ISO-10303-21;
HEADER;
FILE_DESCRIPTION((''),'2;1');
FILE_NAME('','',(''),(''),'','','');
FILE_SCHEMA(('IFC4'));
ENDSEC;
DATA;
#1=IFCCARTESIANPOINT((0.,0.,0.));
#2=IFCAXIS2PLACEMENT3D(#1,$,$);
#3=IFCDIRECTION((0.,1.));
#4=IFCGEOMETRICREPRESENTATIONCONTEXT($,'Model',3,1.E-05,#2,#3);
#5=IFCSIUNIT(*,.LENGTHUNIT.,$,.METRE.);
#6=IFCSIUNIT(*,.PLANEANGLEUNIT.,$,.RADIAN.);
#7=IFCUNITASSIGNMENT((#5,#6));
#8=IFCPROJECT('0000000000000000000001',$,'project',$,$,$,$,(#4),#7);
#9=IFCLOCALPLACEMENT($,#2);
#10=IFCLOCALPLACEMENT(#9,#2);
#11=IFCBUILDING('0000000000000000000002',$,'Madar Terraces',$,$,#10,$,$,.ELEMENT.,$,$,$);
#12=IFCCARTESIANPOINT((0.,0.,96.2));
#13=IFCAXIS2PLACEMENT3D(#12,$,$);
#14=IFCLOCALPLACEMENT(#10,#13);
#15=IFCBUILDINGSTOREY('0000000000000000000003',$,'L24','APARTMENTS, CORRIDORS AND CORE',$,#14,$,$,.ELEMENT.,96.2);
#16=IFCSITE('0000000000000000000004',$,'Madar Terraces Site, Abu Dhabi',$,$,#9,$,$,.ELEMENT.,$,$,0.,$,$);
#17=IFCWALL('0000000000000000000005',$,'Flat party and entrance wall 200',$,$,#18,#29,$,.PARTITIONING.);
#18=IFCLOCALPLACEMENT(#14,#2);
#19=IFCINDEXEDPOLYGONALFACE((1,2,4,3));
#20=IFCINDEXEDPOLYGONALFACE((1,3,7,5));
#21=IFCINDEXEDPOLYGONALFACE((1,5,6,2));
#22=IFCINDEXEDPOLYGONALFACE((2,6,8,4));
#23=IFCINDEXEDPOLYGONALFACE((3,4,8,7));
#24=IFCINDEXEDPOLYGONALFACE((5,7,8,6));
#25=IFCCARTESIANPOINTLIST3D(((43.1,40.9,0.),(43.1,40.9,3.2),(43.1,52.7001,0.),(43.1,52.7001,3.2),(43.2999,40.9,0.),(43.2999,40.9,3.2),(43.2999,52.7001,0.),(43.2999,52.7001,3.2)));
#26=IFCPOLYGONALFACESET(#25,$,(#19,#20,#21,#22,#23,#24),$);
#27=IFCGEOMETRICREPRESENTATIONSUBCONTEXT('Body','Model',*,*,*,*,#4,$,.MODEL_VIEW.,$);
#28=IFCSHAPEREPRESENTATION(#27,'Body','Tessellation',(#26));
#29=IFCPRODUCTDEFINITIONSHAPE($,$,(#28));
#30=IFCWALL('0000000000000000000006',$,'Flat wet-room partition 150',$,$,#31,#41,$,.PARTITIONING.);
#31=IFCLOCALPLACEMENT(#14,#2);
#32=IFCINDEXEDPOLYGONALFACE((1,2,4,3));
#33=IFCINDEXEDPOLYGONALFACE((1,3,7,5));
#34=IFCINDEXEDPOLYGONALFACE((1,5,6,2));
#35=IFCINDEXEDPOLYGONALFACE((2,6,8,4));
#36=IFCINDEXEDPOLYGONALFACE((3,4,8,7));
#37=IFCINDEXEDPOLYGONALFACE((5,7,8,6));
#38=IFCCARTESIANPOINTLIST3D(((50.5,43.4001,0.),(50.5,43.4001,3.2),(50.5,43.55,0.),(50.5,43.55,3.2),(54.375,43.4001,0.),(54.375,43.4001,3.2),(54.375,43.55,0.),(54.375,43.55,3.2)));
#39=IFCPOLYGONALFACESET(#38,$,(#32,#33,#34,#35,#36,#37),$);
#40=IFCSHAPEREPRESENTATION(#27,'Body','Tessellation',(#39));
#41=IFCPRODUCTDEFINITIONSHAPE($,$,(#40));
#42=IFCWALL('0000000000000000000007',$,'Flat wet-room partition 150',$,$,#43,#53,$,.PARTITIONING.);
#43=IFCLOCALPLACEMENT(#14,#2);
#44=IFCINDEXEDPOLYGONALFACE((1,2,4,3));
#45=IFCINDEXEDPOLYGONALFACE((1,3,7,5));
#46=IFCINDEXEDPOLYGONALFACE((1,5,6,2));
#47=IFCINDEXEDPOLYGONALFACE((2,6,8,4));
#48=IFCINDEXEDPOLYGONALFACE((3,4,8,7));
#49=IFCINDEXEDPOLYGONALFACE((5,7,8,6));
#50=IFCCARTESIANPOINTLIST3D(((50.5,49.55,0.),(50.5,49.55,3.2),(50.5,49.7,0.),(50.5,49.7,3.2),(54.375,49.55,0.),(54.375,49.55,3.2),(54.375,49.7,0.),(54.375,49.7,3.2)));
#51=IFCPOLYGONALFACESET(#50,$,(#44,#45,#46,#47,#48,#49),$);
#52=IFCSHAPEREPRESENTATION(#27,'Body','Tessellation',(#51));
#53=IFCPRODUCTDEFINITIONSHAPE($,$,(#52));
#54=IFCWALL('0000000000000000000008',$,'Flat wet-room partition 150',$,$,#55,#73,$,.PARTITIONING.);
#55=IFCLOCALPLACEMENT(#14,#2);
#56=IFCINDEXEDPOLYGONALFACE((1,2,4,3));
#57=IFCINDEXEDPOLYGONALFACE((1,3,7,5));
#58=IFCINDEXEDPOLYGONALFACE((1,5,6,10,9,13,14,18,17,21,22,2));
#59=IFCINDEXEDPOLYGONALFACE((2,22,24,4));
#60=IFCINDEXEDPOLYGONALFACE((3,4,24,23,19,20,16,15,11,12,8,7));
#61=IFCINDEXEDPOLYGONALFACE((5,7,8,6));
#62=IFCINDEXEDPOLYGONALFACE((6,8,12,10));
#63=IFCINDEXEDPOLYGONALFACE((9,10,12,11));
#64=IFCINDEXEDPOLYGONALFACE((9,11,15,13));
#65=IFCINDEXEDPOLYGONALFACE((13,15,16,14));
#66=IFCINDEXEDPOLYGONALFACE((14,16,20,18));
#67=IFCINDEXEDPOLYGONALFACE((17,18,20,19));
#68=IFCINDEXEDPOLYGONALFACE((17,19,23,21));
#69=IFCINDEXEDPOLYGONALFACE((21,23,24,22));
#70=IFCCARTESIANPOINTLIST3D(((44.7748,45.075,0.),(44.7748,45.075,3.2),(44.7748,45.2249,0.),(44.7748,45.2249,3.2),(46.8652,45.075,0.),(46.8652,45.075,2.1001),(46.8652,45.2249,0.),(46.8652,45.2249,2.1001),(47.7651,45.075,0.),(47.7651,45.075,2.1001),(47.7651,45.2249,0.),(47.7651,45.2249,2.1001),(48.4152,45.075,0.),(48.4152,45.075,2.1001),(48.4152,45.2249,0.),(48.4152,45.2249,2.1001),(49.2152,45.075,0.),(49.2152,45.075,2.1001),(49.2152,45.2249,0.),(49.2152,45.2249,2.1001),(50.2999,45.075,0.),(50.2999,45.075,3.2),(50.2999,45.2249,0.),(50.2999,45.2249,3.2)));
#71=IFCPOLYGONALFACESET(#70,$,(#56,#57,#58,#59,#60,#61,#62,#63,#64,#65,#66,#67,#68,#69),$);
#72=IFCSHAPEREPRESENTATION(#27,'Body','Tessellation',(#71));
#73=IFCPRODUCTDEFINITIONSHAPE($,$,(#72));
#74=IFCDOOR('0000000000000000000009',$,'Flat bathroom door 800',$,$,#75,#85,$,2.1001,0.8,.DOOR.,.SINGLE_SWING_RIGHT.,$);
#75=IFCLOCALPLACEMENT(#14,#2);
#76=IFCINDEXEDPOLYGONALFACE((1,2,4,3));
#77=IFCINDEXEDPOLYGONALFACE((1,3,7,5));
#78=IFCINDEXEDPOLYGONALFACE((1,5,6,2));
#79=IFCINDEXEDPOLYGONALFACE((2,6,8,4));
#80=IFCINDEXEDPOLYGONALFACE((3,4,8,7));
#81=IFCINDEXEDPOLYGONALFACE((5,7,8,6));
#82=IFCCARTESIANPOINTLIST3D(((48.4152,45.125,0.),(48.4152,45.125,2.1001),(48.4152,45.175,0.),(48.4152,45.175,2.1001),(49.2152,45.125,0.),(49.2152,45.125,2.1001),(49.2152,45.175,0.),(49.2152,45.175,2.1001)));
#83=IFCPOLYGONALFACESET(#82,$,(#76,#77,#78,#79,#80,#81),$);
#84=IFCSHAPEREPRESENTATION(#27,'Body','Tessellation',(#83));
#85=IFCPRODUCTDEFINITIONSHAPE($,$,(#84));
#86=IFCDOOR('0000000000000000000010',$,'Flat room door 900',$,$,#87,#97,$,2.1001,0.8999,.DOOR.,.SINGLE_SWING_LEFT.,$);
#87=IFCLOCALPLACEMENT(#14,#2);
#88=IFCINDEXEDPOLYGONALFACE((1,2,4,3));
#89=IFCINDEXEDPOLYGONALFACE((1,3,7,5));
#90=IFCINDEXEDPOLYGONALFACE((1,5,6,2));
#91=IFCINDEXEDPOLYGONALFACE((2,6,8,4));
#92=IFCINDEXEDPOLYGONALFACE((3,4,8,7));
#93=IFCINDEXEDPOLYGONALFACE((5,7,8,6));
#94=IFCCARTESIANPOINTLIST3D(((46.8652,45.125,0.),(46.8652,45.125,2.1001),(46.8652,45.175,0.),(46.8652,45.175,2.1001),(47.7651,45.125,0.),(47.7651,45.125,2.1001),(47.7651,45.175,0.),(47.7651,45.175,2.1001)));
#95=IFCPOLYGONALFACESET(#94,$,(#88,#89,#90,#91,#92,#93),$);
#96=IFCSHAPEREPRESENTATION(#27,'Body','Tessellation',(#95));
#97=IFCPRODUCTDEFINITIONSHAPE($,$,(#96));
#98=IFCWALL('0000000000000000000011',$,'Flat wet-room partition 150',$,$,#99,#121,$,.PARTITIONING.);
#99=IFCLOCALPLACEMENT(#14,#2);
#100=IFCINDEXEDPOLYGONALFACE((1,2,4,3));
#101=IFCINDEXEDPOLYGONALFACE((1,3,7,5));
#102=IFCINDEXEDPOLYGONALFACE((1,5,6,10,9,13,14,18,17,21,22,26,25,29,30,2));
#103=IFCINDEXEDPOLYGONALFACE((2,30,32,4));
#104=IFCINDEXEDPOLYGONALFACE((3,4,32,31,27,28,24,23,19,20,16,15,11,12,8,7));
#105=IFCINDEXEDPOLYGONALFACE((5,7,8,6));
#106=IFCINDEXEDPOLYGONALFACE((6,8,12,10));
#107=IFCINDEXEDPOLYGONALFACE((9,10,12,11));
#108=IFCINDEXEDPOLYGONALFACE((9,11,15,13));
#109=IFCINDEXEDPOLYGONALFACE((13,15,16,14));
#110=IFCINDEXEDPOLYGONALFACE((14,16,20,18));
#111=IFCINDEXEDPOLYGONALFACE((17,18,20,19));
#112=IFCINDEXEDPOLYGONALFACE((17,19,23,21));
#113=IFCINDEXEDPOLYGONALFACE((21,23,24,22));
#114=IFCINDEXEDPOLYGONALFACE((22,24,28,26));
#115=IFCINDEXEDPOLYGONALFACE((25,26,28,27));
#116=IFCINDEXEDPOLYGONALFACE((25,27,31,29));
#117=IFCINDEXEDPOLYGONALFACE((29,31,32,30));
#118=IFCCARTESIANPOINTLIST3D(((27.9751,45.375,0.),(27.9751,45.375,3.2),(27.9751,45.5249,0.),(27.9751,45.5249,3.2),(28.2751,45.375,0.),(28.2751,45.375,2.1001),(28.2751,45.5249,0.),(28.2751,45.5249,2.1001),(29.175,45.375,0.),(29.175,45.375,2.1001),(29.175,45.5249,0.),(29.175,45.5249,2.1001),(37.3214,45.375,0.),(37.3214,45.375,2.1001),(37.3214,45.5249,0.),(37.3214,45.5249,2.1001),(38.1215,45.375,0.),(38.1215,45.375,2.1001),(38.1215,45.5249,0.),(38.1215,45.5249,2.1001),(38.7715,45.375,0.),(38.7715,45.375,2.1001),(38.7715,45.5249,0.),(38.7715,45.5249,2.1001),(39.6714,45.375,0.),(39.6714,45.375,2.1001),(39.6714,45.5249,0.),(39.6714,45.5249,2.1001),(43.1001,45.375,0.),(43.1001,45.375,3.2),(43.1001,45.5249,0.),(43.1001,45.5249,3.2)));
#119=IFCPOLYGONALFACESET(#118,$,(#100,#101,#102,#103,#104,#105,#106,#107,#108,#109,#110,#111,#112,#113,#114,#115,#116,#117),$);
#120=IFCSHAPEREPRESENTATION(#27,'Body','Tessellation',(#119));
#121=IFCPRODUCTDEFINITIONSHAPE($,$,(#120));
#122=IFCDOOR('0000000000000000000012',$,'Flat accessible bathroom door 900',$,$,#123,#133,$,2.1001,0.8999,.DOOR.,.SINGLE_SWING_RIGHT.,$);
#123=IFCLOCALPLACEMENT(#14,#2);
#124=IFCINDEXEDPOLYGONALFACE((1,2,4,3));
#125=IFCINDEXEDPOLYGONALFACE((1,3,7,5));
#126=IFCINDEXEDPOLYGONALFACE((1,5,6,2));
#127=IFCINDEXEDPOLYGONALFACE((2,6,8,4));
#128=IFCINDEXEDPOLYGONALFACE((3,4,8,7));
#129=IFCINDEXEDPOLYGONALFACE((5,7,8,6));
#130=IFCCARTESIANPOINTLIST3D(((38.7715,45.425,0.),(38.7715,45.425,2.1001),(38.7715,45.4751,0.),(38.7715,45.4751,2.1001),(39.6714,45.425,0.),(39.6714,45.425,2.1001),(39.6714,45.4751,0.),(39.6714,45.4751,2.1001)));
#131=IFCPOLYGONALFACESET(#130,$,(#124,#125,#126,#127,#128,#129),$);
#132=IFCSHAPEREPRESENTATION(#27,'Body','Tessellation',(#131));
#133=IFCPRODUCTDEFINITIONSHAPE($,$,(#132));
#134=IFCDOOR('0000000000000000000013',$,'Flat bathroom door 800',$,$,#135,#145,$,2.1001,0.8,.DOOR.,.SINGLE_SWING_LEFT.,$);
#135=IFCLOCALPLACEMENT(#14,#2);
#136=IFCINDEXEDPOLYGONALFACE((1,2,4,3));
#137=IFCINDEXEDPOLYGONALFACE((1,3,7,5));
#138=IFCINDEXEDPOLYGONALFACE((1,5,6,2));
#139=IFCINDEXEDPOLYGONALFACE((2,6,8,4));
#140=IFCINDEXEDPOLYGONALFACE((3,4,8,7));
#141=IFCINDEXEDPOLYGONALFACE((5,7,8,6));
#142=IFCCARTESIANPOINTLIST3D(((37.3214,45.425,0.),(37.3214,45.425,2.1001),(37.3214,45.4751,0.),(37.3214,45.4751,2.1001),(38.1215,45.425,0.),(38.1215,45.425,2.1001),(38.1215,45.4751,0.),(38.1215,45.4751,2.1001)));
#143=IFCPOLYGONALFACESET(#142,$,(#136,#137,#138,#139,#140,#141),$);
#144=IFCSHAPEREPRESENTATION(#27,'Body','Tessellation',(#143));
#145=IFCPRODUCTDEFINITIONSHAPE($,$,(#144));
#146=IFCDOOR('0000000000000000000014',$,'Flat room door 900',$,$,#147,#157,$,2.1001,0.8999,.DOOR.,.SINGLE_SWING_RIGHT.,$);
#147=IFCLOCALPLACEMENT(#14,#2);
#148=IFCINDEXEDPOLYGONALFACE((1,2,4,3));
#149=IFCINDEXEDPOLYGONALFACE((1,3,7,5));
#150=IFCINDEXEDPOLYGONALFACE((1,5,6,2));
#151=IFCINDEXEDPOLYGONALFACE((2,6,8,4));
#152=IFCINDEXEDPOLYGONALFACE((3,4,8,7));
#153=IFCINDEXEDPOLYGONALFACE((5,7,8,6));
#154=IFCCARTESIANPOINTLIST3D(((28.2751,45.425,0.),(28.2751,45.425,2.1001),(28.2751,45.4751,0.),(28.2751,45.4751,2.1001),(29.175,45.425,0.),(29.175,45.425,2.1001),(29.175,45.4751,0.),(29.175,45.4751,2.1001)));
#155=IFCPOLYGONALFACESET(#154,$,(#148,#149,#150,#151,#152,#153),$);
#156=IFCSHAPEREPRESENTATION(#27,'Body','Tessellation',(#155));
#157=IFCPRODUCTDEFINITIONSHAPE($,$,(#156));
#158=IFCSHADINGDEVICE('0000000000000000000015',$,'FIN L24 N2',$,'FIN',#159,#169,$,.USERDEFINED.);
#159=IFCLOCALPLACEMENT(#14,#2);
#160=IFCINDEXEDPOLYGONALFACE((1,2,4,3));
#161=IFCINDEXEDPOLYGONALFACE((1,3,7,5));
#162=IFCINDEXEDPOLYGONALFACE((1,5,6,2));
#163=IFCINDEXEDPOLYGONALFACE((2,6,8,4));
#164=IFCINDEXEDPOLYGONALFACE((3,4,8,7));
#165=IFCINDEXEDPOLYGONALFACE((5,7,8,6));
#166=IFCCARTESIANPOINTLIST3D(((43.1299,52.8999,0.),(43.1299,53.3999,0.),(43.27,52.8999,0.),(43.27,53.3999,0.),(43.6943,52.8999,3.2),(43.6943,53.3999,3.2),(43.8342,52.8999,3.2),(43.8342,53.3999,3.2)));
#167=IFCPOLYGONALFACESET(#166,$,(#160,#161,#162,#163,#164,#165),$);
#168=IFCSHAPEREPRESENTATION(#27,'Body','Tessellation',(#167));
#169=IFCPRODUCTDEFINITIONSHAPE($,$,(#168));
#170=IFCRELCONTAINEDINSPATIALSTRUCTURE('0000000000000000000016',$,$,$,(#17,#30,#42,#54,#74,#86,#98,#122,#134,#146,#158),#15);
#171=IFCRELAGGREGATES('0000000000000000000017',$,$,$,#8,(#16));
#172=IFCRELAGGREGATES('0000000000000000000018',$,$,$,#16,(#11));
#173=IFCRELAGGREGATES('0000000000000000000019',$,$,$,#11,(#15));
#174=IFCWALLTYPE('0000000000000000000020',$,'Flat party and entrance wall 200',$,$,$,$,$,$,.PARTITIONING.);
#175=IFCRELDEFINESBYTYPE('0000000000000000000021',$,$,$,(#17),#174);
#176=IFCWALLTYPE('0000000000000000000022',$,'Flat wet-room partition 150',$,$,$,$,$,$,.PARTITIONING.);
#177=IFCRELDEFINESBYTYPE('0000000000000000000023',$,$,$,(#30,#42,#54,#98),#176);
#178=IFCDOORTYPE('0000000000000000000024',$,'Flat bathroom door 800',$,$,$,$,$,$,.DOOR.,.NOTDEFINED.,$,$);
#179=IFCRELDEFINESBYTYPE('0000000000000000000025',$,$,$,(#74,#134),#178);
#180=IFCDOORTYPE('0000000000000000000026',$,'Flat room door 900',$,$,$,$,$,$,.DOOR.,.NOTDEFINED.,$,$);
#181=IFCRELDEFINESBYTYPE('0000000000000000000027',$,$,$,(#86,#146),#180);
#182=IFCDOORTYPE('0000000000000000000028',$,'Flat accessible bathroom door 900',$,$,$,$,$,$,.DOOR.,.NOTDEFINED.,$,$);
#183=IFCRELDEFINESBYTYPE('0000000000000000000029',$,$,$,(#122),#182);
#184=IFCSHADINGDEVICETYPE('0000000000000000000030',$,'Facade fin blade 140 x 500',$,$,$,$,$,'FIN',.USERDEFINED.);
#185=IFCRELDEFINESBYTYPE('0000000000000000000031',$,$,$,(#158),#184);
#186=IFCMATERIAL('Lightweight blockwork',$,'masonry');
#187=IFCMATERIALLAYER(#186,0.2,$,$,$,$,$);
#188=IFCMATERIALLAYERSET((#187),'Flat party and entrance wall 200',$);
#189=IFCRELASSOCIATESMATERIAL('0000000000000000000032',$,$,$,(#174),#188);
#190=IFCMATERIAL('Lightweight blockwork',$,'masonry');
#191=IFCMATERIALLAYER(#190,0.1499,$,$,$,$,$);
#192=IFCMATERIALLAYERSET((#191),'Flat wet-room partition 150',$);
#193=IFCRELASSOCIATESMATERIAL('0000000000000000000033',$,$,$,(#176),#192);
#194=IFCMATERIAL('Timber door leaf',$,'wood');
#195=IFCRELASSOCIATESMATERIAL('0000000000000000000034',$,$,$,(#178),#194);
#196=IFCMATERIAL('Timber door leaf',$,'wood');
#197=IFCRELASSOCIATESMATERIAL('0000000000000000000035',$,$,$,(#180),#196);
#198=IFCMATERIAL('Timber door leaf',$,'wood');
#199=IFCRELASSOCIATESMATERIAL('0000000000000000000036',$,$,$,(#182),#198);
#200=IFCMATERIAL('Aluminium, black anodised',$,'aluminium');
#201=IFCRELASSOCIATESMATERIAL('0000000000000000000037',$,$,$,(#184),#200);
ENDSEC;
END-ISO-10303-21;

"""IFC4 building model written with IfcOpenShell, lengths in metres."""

from ifc_helpers import new_model, si_unit, direction, frame, frame_2d, origin, place, context, subcontext, project, spatial, polyline, rectangle, outline, extrude, material, layer, layer_set, type_object, element, fill, save


model = new_model("IFC4")

# Units and contexts
model_context = context("Model", 3, precision=1e-05, world=origin(), true_north=direction((0.0, 1.0)))
body_context = subcontext(model_context, "Body", "Model", "MODEL_VIEW")
ifc_project = project(units=[si_unit("LENGTHUNIT", "METRE"), si_unit("PLANEANGLEUNIT", "RADIAN")], contexts=[model_context])

# Site, building, storey
site_placement = place(None, origin())
site = spatial("IfcSite", under=ifc_project, at=site_placement, Name="Madar Terraces Site, Abu Dhabi", CompositionType="ELEMENT", RefElevation=0.0)
building_placement = place(site_placement, origin())
building = spatial("IfcBuilding", under=site, at=building_placement, Name="Madar Terraces", CompositionType="ELEMENT")
storey_placement = place(building_placement, frame((0.0, 0.0, 96.2)))
storey = spatial("IfcBuildingStorey", under=building, at=storey_placement, Name="L24", Description="APARTMENTS, CORRIDORS AND CORE", CompositionType="ELEMENT", Elevation=96.2)

# Walls
ifc_material_1 = material(Name="Lightweight blockwork", Category="masonry")
ifc_layer_1 = layer(ifc_material_1, 0.2)
ifc_layer_set_1 = layer_set([ifc_layer_1], Name="Flat party and entrance wall 200")
wall_type_1 = type_object("IfcWallType", Name="Flat party and entrance wall 200", PredefinedType="PARTITIONING", material=ifc_layer_set_1)
wall_1_placement = place(storey_placement, frame((43.2, 52.7, 0.0), z_axis=(0.0, 0.0, 1.0), x_axis=(0.0, -1.0, 0.0)))
element("IfcWall", 1, at=wall_1_placement, inside=storey, type_object=wall_type_1, Name="Flat party and entrance wall 200", PredefinedType="PARTITIONING", context=body_context, shape_type="SweptSolid", body=[
    extrude(rectangle(XDim=11.8, YDim=0.2, at=frame_2d((5.8999, 0.0))), origin(), (0.0, 0.0, 1.0), 3.2),
])
ifc_material_2 = material(Name="Lightweight blockwork", Category="masonry")
ifc_layer_2 = layer(ifc_material_2, 0.1499)
ifc_layer_set_2 = layer_set([ifc_layer_2], Name="Flat wet-room partition 150")
wall_type_2 = type_object("IfcWallType", Name="Flat wet-room partition 150", PredefinedType="PARTITIONING", material=ifc_layer_set_2)
for number, where, z_axis, x_axis, name in (
    (2, (50.5, 43.4751, 0.0), (0.0, 0.0, 1.0), (1.0, 0.0, 0.0), "Flat wet-room partition 150"),
    (3, (50.5, 49.625, 0.0), (0.0, 0.0, 1.0), (1.0, 0.0, 0.0), "Flat wet-room partition 150"),
):
    element("IfcWall", number, at=place(storey_placement, frame(where, z_axis=z_axis, x_axis=x_axis)), inside=storey, type_object=wall_type_2, Name=name, PredefinedType="PARTITIONING", context=body_context, shape_type="SweptSolid", body=[
        extrude(rectangle(XDim=3.875, YDim=0.1499, at=frame_2d((1.9375, 0.0))), origin(), (0.0, 0.0, 1.0), 3.2),
    ])

# Walls, openings, doors
wall_2_placement = place(storey_placement, frame((50.3, 45.1499, 0.0), z_axis=(0.0, 0.0, 1.0), x_axis=(-1.0, 0.0, 0.0)))
wall_2 = element("IfcWall", 4, at=wall_2_placement, inside=storey, type_object=wall_type_2, Name="Flat wet-room partition 150", PredefinedType="PARTITIONING", context=body_context, shape_type="SweptSolid", body=[
    extrude(rectangle(XDim=5.5251, YDim=0.1499, at=frame_2d((2.7627, 0.0))), origin(), (0.0, 0.0, 1.0), 3.2),
])
opening_1_placement = place(wall_2_placement, frame((2.5349, 0.0, 0.0)))
opening_1 = element("IfcOpeningElement", 5, at=opening_1_placement, cuts=wall_2, PredefinedType="OPENING", context=body_context, shape_type="SweptSolid", body=[
    extrude(rectangle(XDim=0.8999, YDim=2.1001, at=frame_2d((0.45, 1.05))), frame((0.0, 0.085, 0.0), z_axis=(0.0, -1.0, 0.0), x_axis=(1.0, 0.0, 0.0)), (0.0, 0.0, 1.0), 0.1699),
])
opening_2_placement = place(wall_2_placement, frame((1.085, 0.0, 0.0)))
opening_2 = element("IfcOpeningElement", 6, at=opening_2_placement, cuts=wall_2, PredefinedType="OPENING", context=body_context, shape_type="SweptSolid", body=[
    extrude(rectangle(XDim=0.8, YDim=2.1001, at=frame_2d((0.3999, 1.05))), frame((0.0, 0.085, 0.0), z_axis=(0.0, -1.0, 0.0), x_axis=(1.0, 0.0, 0.0)), (0.0, 0.0, 1.0), 0.1699),
])
ifc_material_3 = material(Name="Timber door leaf", Category="wood")
door_type_1 = type_object("IfcDoorType", Name="Flat bathroom door 800", OperationType="NOTDEFINED", PredefinedType="DOOR", material=ifc_material_3)
door_1_placement = place(opening_2_placement, origin())
door_1 = element("IfcDoor", 7, at=door_1_placement, inside=storey, type_object=door_type_1, Name="Flat bathroom door 800", OperationType="SINGLE_SWING_RIGHT", OverallHeight=2.1001, OverallWidth=0.8, PredefinedType="DOOR", context=body_context, shape_type="SweptSolid", body=[
    extrude(rectangle(XDim=0.8, YDim=2.1001, at=frame_2d((0.3999, 1.05))), frame((0.0, 0.0249, 0.0), z_axis=(0.0, -1.0, 0.0), x_axis=(1.0, 0.0, 0.0)), (0.0, 0.0, 1.0), 0.05),
])
fill(opening_2, door_1)
ifc_material_4 = material(Name="Timber door leaf", Category="wood")
door_type_2 = type_object("IfcDoorType", Name="Flat room door 900", OperationType="NOTDEFINED", PredefinedType="DOOR", material=ifc_material_4)
door_2_placement = place(opening_1_placement, origin())
door_2 = element("IfcDoor", 8, at=door_2_placement, inside=storey, type_object=door_type_2, Name="Flat room door 900", OperationType="SINGLE_SWING_LEFT", OverallHeight=2.1001, OverallWidth=0.8999, PredefinedType="DOOR", context=body_context, shape_type="SweptSolid", body=[
    extrude(rectangle(XDim=0.8999, YDim=2.1001, at=frame_2d((0.45, 1.05))), frame((0.0, 0.0249, 0.0), z_axis=(0.0, -1.0, 0.0), x_axis=(1.0, 0.0, 0.0)), (0.0, 0.0, 1.0), 0.05),
])
fill(opening_1, door_2)
wall_3_placement = place(storey_placement, frame((43.1001, 45.45, 0.0), z_axis=(0.0, 0.0, 1.0), x_axis=(-1.0, 0.0, 0.0)))
wall_3 = element("IfcWall", 9, at=wall_3_placement, inside=storey, type_object=wall_type_2, Name="Flat wet-room partition 150", PredefinedType="PARTITIONING", context=body_context, shape_type="SweptSolid", body=[
    extrude(rectangle(XDim=15.125, YDim=0.1499, at=frame_2d((7.5625, 0.0))), origin(), (0.0, 0.0, 1.0), 3.2),
])
opening_3_placement = place(wall_3_placement, frame((13.925, 0.0, 0.0)))
opening_3 = element("IfcOpeningElement", 10, at=opening_3_placement, cuts=wall_3, PredefinedType="OPENING", context=body_context, shape_type="SweptSolid", body=[
    extrude(rectangle(XDim=0.8999, YDim=2.1001, at=frame_2d((0.45, 1.05))), frame((0.0, 0.085, 0.0), z_axis=(0.0, -1.0, 0.0), x_axis=(1.0, 0.0, 0.0)), (0.0, 0.0, 1.0), 0.1699),
])
opening_4_placement = place(wall_3_placement, frame((4.9788, 0.0, 0.0)))
opening_4 = element("IfcOpeningElement", 11, at=opening_4_placement, cuts=wall_3, PredefinedType="OPENING", context=body_context, shape_type="SweptSolid", body=[
    extrude(rectangle(XDim=0.8, YDim=2.1001, at=frame_2d((0.3999, 1.05))), frame((0.0, 0.085, 0.0), z_axis=(0.0, -1.0, 0.0), x_axis=(1.0, 0.0, 0.0)), (0.0, 0.0, 1.0), 0.1699),
])
opening_5_placement = place(wall_3_placement, frame((3.4287, 0.0, 0.0)))
opening_5 = element("IfcOpeningElement", 12, at=opening_5_placement, cuts=wall_3, PredefinedType="OPENING", context=body_context, shape_type="SweptSolid", body=[
    extrude(rectangle(XDim=0.8999, YDim=2.1001, at=frame_2d((0.45, 1.05))), frame((0.0, 0.085, 0.0), z_axis=(0.0, -1.0, 0.0), x_axis=(1.0, 0.0, 0.0)), (0.0, 0.0, 1.0), 0.1699),
])
ifc_material_5 = material(Name="Timber door leaf", Category="wood")
door_type_3 = type_object("IfcDoorType", Name="Flat accessible bathroom door 900", OperationType="NOTDEFINED", PredefinedType="DOOR", material=ifc_material_5)
door_3_placement = place(opening_5_placement, origin())
door_3 = element("IfcDoor", 13, at=door_3_placement, inside=storey, type_object=door_type_3, Name="Flat accessible bathroom door 900", OperationType="SINGLE_SWING_RIGHT", OverallHeight=2.1001, OverallWidth=0.8999, PredefinedType="DOOR", context=body_context, shape_type="SweptSolid", body=[
    extrude(rectangle(XDim=0.8999, YDim=2.1001, at=frame_2d((0.45, 1.05))), frame((0.0, 0.0249, 0.0), z_axis=(0.0, -1.0, 0.0), x_axis=(1.0, 0.0, 0.0)), (0.0, 0.0, 1.0), 0.05),
])
fill(opening_5, door_3)
door_4_placement = place(opening_4_placement, origin())
door_4 = element("IfcDoor", 14, at=door_4_placement, inside=storey, type_object=door_type_1, Name="Flat bathroom door 800", OperationType="SINGLE_SWING_LEFT", OverallHeight=2.1001, OverallWidth=0.8, PredefinedType="DOOR", context=body_context, shape_type="SweptSolid", body=[
    extrude(rectangle(XDim=0.8, YDim=2.1001, at=frame_2d((0.3999, 1.05))), frame((0.0, 0.0249, 0.0), z_axis=(0.0, -1.0, 0.0), x_axis=(1.0, 0.0, 0.0)), (0.0, 0.0, 1.0), 0.05),
])
fill(opening_4, door_4)
door_5_placement = place(opening_3_placement, origin())
door_5 = element("IfcDoor", 15, at=door_5_placement, inside=storey, type_object=door_type_2, Name="Flat room door 900", OperationType="SINGLE_SWING_RIGHT", OverallHeight=2.1001, OverallWidth=0.8999, PredefinedType="DOOR", context=body_context, shape_type="SweptSolid", body=[
    extrude(rectangle(XDim=0.8999, YDim=2.1001, at=frame_2d((0.45, 1.05))), frame((0.0, 0.0249, 0.0), z_axis=(0.0, -1.0, 0.0), x_axis=(1.0, 0.0, 0.0)), (0.0, 0.0, 1.0), 0.05),
])
fill(opening_3, door_5)

# Shading device
ifc_material_6 = material(Name="Aluminium, black anodised", Category="aluminium")
shading_device_type = type_object("IfcShadingDeviceType", Name="Facade fin blade 140 x 500", ElementType="FIN", PredefinedType="USERDEFINED", material=ifc_material_6)
shading_device_1_placement = place(storey_placement, frame((43.27, 53.1499, 0.0), z_axis=(0.0, 0.0, 1.0), x_axis=(-1.0, 0.0, 0.0)))
element("IfcShadingDevice", 16, at=shading_device_1_placement, inside=storey, type_object=shading_device_type, Name="FIN L24 N2", ObjectType="FIN", PredefinedType="USERDEFINED", context=body_context, shape_type="SweptSolid", body=[
    extrude(outline(polyline([(0.0, 0.0), (0.1401, 0.0), (-0.4243, 3.2), (-0.5642, 3.2), (0.0, 0.0)])), frame((0.0, 0.25, 0.0), z_axis=(0.0, -1.0, 0.0), x_axis=(1.0, 0.0, 0.0)), (0.0, 0.0, 1.0), 0.5),
])

save(model, "model.ifc")
